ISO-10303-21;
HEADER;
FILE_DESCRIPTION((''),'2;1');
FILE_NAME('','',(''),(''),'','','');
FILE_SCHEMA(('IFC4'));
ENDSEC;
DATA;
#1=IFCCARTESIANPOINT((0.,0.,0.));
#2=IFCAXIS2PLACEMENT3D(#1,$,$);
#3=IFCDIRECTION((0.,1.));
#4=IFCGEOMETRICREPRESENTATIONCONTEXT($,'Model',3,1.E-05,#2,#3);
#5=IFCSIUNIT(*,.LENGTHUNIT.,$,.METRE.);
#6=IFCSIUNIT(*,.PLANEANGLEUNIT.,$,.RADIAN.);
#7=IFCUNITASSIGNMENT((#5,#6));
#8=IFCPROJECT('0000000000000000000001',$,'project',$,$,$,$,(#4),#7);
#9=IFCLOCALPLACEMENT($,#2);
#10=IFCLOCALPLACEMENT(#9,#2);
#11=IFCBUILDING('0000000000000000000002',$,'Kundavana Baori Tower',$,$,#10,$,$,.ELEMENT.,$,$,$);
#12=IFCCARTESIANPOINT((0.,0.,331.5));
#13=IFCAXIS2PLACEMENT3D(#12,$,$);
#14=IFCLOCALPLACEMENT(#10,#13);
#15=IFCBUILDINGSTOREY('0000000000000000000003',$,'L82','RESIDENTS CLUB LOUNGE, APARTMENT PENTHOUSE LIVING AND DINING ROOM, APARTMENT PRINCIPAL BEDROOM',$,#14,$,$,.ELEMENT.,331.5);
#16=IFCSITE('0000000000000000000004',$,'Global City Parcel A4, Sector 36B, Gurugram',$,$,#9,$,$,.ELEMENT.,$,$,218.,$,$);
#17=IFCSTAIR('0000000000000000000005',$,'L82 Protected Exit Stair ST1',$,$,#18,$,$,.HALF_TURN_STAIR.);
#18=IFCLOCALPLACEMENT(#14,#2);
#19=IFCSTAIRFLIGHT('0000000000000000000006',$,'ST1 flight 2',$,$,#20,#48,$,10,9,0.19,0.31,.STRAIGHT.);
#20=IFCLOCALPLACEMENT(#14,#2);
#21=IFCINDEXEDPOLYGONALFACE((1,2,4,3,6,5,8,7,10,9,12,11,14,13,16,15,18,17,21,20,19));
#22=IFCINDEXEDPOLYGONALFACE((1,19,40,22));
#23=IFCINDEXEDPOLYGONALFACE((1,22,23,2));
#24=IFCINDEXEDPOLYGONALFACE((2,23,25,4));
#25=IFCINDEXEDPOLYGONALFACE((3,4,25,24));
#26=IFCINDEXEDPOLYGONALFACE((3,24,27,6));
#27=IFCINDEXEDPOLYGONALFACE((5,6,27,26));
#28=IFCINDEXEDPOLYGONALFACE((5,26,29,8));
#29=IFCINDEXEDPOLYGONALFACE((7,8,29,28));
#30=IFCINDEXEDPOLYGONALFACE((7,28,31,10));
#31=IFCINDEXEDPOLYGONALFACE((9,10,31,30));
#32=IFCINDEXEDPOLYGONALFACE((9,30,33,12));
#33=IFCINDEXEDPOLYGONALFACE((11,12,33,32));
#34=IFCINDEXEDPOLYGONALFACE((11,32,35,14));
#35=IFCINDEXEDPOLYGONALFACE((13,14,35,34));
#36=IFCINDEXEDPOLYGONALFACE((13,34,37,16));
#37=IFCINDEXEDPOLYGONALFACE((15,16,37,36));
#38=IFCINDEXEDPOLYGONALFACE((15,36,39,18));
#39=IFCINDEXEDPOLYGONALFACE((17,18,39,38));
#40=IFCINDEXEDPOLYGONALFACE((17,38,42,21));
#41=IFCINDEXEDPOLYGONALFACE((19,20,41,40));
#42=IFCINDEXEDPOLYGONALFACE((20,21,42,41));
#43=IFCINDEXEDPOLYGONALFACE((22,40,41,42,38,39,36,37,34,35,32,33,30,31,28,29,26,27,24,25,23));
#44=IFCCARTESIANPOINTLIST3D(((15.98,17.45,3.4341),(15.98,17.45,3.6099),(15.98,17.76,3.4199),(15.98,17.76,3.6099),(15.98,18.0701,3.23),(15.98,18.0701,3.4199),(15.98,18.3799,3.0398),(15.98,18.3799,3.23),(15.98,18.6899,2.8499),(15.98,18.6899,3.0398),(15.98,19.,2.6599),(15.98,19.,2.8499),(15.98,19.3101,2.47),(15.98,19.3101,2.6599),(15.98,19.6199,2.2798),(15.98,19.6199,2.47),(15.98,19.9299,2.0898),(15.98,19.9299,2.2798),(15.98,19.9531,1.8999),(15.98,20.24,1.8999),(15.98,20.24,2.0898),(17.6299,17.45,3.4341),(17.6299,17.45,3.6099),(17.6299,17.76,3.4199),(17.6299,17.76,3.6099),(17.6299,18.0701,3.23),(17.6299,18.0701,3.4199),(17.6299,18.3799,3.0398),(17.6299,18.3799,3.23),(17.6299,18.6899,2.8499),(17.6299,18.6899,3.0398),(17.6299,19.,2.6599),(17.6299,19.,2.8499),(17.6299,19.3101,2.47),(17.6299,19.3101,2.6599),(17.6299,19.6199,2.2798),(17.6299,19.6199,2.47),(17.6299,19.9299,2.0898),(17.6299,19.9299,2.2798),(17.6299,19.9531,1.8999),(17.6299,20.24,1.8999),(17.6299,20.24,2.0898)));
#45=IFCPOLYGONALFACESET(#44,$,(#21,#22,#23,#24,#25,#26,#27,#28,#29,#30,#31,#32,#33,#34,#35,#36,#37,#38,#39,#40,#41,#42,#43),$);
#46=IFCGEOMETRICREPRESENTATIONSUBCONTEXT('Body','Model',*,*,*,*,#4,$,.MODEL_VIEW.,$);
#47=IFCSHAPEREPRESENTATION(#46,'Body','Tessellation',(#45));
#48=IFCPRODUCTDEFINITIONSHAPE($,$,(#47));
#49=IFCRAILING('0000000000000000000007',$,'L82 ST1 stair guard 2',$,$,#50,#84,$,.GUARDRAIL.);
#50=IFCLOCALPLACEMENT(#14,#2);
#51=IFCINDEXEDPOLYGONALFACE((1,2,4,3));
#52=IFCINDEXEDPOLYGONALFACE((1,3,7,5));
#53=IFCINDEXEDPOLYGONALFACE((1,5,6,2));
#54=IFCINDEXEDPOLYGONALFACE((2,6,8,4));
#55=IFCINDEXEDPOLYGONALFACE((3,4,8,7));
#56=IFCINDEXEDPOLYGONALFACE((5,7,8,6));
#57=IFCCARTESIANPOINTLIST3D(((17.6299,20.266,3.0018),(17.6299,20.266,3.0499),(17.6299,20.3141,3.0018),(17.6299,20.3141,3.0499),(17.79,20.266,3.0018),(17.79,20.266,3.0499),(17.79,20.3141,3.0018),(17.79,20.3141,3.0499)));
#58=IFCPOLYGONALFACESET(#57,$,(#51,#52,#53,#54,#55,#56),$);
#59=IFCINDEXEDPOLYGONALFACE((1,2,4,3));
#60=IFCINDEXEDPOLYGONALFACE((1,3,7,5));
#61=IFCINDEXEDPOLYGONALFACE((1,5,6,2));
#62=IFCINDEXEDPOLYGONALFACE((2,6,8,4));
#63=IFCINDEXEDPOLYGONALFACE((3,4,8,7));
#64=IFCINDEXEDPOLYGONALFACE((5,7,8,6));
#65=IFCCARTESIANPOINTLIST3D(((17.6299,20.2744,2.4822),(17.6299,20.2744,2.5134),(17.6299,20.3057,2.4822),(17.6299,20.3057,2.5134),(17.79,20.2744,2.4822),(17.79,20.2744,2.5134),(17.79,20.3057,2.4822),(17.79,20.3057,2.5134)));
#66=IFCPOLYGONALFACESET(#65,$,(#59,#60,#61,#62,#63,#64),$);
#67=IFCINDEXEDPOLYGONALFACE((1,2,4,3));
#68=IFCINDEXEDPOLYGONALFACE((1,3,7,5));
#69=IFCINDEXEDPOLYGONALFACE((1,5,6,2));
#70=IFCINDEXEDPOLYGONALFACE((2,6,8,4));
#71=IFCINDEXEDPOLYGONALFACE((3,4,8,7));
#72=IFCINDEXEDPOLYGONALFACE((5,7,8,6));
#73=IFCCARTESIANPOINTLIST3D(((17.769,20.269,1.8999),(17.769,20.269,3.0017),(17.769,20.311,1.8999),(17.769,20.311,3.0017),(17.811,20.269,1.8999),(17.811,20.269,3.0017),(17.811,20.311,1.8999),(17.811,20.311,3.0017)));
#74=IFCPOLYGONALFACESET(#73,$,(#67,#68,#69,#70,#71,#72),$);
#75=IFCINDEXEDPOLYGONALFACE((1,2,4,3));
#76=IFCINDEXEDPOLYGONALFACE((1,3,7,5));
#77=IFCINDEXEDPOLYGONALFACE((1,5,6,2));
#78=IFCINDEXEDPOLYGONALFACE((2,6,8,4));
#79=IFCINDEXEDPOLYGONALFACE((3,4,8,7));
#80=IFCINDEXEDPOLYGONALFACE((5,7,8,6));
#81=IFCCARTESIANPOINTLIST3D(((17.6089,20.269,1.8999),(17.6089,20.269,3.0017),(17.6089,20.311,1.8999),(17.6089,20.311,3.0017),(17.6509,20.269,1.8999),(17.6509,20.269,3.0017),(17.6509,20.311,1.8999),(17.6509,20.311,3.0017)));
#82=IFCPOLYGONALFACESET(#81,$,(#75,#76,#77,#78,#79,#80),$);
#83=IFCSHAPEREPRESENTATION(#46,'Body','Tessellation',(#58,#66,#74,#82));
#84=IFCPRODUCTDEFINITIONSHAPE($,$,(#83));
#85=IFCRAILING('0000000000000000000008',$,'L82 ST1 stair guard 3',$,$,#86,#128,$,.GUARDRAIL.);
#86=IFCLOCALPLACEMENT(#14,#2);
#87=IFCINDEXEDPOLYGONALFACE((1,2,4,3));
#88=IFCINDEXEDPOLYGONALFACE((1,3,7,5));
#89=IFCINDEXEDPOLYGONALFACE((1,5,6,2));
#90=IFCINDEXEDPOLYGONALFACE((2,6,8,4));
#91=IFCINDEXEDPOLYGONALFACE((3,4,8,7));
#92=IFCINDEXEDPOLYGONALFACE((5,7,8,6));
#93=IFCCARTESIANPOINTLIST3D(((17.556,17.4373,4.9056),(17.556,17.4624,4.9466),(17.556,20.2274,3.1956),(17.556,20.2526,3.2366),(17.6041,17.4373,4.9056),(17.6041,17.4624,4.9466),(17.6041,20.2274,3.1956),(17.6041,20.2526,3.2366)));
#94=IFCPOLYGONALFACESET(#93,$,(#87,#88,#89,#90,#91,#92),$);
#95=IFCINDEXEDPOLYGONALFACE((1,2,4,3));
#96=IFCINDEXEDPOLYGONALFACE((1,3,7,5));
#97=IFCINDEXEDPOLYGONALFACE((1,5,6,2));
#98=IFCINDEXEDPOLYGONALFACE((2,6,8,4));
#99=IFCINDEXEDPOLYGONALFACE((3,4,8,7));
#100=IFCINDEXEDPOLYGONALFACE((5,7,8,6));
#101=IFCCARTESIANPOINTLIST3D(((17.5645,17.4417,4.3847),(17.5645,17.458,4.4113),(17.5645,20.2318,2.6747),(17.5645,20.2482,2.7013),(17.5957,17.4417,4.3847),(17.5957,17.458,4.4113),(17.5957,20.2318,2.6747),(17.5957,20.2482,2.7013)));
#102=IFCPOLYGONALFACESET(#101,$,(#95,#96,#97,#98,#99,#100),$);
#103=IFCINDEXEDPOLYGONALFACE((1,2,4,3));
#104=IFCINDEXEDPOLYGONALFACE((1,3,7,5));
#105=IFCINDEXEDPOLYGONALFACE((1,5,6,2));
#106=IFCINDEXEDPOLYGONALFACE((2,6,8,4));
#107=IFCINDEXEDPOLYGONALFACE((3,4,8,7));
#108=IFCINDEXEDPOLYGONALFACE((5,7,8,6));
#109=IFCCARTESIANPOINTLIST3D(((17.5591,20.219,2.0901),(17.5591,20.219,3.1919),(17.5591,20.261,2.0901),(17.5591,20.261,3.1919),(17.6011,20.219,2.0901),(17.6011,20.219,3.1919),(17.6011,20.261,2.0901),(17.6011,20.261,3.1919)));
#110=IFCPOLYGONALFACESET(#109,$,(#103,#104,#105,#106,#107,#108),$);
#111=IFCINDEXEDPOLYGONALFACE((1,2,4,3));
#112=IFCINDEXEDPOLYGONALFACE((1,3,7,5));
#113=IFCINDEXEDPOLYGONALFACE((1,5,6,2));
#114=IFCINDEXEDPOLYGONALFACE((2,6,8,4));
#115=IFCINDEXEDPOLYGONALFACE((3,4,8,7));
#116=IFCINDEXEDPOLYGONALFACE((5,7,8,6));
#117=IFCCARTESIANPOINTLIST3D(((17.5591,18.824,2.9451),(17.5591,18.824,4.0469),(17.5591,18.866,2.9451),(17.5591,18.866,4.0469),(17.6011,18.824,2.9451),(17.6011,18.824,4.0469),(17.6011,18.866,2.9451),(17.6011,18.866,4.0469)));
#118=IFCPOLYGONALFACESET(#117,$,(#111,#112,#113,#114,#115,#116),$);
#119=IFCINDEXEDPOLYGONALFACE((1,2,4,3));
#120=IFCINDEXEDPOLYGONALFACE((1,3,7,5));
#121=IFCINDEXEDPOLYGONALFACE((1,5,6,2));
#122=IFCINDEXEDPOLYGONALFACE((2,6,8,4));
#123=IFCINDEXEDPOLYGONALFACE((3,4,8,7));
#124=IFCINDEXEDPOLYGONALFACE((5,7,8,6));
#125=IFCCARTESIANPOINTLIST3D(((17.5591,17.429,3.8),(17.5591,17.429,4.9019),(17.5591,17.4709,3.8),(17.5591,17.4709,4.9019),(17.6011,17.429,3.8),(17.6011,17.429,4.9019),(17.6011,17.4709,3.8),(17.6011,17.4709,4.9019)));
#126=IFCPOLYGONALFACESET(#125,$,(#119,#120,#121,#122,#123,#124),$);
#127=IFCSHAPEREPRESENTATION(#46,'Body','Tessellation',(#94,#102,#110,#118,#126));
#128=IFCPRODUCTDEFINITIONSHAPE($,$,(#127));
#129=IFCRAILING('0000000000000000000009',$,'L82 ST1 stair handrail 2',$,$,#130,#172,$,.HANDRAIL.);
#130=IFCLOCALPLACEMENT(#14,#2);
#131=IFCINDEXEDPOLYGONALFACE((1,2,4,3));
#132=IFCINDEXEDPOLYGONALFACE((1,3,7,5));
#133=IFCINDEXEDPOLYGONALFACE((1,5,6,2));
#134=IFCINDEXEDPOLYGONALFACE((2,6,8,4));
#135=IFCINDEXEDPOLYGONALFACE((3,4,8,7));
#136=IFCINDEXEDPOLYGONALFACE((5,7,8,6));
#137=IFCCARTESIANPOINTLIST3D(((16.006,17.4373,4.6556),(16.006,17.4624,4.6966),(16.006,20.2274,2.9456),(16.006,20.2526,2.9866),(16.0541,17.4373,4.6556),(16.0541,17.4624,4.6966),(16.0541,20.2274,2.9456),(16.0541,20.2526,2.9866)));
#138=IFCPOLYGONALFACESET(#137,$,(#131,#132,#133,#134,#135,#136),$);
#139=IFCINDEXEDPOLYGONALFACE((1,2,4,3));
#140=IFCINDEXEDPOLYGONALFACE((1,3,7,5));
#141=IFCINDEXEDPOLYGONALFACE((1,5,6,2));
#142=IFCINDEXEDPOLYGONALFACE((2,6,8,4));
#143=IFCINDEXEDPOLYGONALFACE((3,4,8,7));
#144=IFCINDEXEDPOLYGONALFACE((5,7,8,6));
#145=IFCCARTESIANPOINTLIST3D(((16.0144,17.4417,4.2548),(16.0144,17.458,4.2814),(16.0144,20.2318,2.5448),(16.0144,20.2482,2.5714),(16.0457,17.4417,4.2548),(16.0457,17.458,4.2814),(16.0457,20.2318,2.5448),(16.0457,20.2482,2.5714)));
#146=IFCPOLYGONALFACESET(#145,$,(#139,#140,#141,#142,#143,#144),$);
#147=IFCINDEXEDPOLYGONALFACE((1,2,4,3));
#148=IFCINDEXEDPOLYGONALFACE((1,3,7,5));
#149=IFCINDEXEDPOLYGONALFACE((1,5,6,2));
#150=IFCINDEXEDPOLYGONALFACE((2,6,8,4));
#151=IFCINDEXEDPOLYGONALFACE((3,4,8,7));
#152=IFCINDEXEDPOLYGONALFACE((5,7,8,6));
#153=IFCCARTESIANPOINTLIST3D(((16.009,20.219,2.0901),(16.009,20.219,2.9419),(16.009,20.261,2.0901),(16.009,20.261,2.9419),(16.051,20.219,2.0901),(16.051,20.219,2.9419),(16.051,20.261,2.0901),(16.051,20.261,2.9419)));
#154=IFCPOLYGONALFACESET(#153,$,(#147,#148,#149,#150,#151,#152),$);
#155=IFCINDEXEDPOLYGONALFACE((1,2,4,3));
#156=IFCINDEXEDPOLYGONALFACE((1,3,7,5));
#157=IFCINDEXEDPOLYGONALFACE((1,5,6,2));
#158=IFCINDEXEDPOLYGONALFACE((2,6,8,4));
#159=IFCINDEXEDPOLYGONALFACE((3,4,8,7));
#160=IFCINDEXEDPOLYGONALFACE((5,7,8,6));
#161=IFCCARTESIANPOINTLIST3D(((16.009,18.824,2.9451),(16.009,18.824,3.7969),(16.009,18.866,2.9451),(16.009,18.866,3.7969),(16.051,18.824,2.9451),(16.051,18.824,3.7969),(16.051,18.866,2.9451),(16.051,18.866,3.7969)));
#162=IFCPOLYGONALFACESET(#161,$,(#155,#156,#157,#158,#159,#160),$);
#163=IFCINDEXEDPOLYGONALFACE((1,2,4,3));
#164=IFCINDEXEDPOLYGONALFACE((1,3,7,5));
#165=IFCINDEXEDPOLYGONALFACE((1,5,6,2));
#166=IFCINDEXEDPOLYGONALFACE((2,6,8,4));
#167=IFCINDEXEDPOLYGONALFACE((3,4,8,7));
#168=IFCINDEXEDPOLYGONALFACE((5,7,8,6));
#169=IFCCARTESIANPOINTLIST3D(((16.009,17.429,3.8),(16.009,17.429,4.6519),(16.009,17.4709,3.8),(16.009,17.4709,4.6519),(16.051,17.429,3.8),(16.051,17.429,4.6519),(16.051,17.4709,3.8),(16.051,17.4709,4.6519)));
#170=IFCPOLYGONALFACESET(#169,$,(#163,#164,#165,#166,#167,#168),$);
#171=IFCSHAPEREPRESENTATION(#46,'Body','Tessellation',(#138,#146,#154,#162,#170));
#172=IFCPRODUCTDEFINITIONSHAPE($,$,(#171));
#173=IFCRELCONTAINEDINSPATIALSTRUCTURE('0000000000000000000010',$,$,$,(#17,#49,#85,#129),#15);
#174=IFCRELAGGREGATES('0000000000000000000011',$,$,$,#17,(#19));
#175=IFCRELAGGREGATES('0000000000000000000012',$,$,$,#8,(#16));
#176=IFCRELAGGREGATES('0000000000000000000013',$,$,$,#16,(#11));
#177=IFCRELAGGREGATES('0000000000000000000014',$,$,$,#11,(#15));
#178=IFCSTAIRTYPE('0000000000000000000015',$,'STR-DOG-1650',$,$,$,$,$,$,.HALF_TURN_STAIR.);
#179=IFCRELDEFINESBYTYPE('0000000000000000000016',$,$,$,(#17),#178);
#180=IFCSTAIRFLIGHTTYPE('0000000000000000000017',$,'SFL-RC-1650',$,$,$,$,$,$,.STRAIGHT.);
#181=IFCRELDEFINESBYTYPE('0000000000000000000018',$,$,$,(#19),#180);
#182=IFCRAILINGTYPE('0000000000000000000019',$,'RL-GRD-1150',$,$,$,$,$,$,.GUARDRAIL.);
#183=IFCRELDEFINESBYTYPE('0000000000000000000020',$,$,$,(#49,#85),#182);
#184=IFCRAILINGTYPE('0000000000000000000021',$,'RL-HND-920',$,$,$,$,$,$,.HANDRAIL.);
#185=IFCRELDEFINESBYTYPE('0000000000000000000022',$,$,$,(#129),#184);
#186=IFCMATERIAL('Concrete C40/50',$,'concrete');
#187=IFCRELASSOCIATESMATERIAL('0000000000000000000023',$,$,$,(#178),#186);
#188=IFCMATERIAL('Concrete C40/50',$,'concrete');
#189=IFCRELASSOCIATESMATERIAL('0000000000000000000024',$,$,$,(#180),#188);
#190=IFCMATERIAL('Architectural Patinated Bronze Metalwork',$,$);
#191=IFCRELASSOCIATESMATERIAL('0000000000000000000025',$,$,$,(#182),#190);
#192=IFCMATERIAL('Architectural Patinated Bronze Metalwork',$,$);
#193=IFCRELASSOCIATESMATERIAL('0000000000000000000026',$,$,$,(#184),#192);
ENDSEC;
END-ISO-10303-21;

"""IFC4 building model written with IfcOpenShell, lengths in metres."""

from ifc_helpers import new_model, si_unit, direction, frame, origin, origin_2d, place, context, subcontext, project, spatial, polyline, rectangle, outline, extrude, material, type_object, element, aggregate, save


model = new_model("IFC4")

# Units and contexts
model_context = context("Model", 3, precision=1e-05, world=origin(), true_north=direction((0.0, 1.0)))
body_context = subcontext(model_context, "Body", "Model", "MODEL_VIEW")
ifc_project = project(units=[si_unit("LENGTHUNIT", "METRE"), si_unit("PLANEANGLEUNIT", "RADIAN")], contexts=[model_context])

# Site, building, storey
site_placement = place(None, origin())
site = spatial("IfcSite", under=ifc_project, at=site_placement, Name="Global City Parcel A4, Sector 36B, Gurugram", CompositionType="ELEMENT", RefElevation=218.0)
building_placement = place(site_placement, origin())
building = spatial("IfcBuilding", under=site, at=building_placement, Name="Kundavana Baori Tower", CompositionType="ELEMENT")
storey_placement = place(building_placement, frame((0.0, 0.0, 331.5)))
storey = spatial("IfcBuildingStorey", under=building, at=storey_placement, Name="L82", Description="RESIDENTS CLUB LOUNGE, APARTMENT PENTHOUSE LIVING AND DINING ROOM, APARTMENT PRINCIPAL BEDROOM", CompositionType="ELEMENT", Elevation=331.5)

# Stair, stair flight
ifc_material_1 = material(Name="Concrete C40/50", Category="concrete")
stair_type = type_object("IfcStairType", Name="STR-DOG-1650", PredefinedType="HALF_TURN_STAIR", material=ifc_material_1)
stair_placement = place(storey_placement, origin())
stair = element("IfcStair", 1, at=stair_placement, inside=storey, type_object=stair_type, Name="L82 Protected Exit Stair ST1", PredefinedType="HALF_TURN_STAIR")
ifc_material_2 = material(Name="Concrete C40/50", Category="concrete")
stair_flight_type = type_object("IfcStairFlightType", Name="SFL-RC-1650", PredefinedType="STRAIGHT", material=ifc_material_2)
stair_flight_placement = place(storey_placement, frame((16.8049, 20.24, 1.8999), z_axis=(0.0, 0.0, 1.0), x_axis=(0.0, -1.0, 0.0)))
stair_flight = element("IfcStairFlight", 2, at=stair_flight_placement, type_object=stair_flight_type, Name="ST1 flight 2", NumberOfRisers=10, NumberOfTreads=9, PredefinedType="STRAIGHT", RiserHeight=0.19, TreadLength=0.31, context=body_context, shape_type="SweptSolid", body=[
    extrude(outline(polyline([(0.0, 0.0), (0.0, 0.1899), (0.3101, 0.1899), (0.3101, 0.3799), (0.6201, 0.3799), (0.6201, 0.5701), (0.9299, 0.5701), (0.9299, 0.76), (1.24, 0.76), (1.24, 0.95), (1.55, 0.95), (1.55, 1.1399), (1.8601, 1.1399), (1.8601, 1.3301), (2.1699, 1.3301), (2.1699, 1.52), (2.48, 1.52), (2.48, 1.71), (2.79, 1.71), (2.79, 1.8999), (2.79, 1.5342), (0.2869, 0.0), (0.0, 0.0)])), frame((0.0, 0.825, 0.0), z_axis=(0.0, -1.0, 0.0), x_axis=(1.0, 0.0, 0.0)), (0.0, 0.0, 1.0), 1.6499),
])
aggregate(stair, [stair_flight])

# Railings
ifc_material_3 = material(Name="Architectural Patinated Bronze Metalwork")
railing_type_1 = type_object("IfcRailingType", Name="RL-GRD-1150", PredefinedType="GUARDRAIL", material=ifc_material_3)
railing_1_placement = place(storey_placement, frame((17.79, 20.29, 1.8999)))
element("IfcRailing", 3, at=railing_1_placement, inside=storey, type_object=railing_type_1, Name="L82 ST1 stair guard 2", PredefinedType="GUARDRAIL", context=body_context, shape_type="SweptSolid", body=[
    extrude(rectangle(XDim=0.0481, YDim=0.0481, at=origin_2d()), frame((0.0, 0.0, 1.126), z_axis=(-1.0, 0.0, 0.0), x_axis=(0.0, -1.0, 0.0)), (0.0, 0.0, 1.0), 0.1602),
    extrude(rectangle(XDim=0.0312, YDim=0.0312, at=origin_2d()), frame((0.0, 0.0, 0.5979), z_axis=(-1.0, 0.0, 0.0), x_axis=(0.0, -1.0, 0.0)), (0.0, 0.0, 1.0), 0.1602),
    extrude(rectangle(XDim=0.042, YDim=0.042, at=origin_2d()), origin(), (0.0, 0.0, 1.0), 1.1018),
    extrude(rectangle(XDim=0.042, YDim=0.042, at=origin_2d()), frame((-0.1602, 0.0, 0.0)), (0.0, 0.0, 1.0), 1.1018),
])
railing_2_placement = place(storey_placement, frame((17.5801, 20.24, 2.0901)))
element("IfcRailing", 4, at=railing_2_placement, inside=storey, type_object=railing_type_1, Name="L82 ST1 stair guard 3", PredefinedType="GUARDRAIL", context=body_context, shape_type="SweptSolid", body=[
    extrude(rectangle(XDim=0.0481, YDim=0.0481, at=origin_2d()), frame((0.0, 0.0, 1.126), z_axis=(0.0, -0.85261, 0.522548), x_axis=(1.0, 0.0, 0.0)), (0.0, 0.0, 1.0), 3.2725),
    extrude(rectangle(XDim=0.0312, YDim=0.0312, at=origin_2d()), frame((0.0, 0.0, 0.5979), z_axis=(0.0, -0.85261, 0.522548), x_axis=(1.0, 0.0, 0.0)), (0.0, 0.0, 1.0), 3.2725),
    extrude(rectangle(XDim=0.042, YDim=0.042, at=origin_2d()), origin(), (0.0, 0.0, 1.0), 1.1018),
    extrude(rectangle(XDim=0.042, YDim=0.042, at=origin_2d()), frame((0.0, -1.395, 0.855)), (0.0, 0.0, 1.0), 1.1018),
    extrude(rectangle(XDim=0.042, YDim=0.042, at=origin_2d()), frame((0.0, -2.79, 1.71)), (0.0, 0.0, 1.0), 1.1018),
])
ifc_material_4 = material(Name="Architectural Patinated Bronze Metalwork")
railing_type_2 = type_object("IfcRailingType", Name="RL-HND-920", PredefinedType="HANDRAIL", material=ifc_material_4)
railing_3_placement = place(storey_placement, frame((16.03, 20.24, 2.0901)))
element("IfcRailing", 5, at=railing_3_placement, inside=storey, type_object=railing_type_2, Name="L82 ST1 stair handrail 2", PredefinedType="HANDRAIL", context=body_context, shape_type="SweptSolid", body=[
    extrude(rectangle(XDim=0.0481, YDim=0.0481, at=origin_2d()), frame((0.0, 0.0, 0.876), z_axis=(0.0, -0.85261, 0.522548), x_axis=(1.0, 0.0, 0.0)), (0.0, 0.0, 1.0), 3.2725),
    extrude(rectangle(XDim=0.0312, YDim=0.0312, at=origin_2d()), frame((0.0, 0.0, 0.468), z_axis=(0.0, -0.85261, 0.522548), x_axis=(1.0, 0.0, 0.0)), (0.0, 0.0, 1.0), 3.2725),
    extrude(rectangle(XDim=0.042, YDim=0.042, at=origin_2d()), origin(), (0.0, 0.0, 1.0), 0.8518),
    extrude(rectangle(XDim=0.042, YDim=0.042, at=origin_2d()), frame((0.0, -1.395, 0.855)), (0.0, 0.0, 1.0), 0.8518),
    extrude(rectangle(XDim=0.042, YDim=0.042, at=origin_2d()), frame((0.0, -2.79, 1.71)), (0.0, 0.0, 1.0), 0.8518),
])

save(model, "model.ifc")
